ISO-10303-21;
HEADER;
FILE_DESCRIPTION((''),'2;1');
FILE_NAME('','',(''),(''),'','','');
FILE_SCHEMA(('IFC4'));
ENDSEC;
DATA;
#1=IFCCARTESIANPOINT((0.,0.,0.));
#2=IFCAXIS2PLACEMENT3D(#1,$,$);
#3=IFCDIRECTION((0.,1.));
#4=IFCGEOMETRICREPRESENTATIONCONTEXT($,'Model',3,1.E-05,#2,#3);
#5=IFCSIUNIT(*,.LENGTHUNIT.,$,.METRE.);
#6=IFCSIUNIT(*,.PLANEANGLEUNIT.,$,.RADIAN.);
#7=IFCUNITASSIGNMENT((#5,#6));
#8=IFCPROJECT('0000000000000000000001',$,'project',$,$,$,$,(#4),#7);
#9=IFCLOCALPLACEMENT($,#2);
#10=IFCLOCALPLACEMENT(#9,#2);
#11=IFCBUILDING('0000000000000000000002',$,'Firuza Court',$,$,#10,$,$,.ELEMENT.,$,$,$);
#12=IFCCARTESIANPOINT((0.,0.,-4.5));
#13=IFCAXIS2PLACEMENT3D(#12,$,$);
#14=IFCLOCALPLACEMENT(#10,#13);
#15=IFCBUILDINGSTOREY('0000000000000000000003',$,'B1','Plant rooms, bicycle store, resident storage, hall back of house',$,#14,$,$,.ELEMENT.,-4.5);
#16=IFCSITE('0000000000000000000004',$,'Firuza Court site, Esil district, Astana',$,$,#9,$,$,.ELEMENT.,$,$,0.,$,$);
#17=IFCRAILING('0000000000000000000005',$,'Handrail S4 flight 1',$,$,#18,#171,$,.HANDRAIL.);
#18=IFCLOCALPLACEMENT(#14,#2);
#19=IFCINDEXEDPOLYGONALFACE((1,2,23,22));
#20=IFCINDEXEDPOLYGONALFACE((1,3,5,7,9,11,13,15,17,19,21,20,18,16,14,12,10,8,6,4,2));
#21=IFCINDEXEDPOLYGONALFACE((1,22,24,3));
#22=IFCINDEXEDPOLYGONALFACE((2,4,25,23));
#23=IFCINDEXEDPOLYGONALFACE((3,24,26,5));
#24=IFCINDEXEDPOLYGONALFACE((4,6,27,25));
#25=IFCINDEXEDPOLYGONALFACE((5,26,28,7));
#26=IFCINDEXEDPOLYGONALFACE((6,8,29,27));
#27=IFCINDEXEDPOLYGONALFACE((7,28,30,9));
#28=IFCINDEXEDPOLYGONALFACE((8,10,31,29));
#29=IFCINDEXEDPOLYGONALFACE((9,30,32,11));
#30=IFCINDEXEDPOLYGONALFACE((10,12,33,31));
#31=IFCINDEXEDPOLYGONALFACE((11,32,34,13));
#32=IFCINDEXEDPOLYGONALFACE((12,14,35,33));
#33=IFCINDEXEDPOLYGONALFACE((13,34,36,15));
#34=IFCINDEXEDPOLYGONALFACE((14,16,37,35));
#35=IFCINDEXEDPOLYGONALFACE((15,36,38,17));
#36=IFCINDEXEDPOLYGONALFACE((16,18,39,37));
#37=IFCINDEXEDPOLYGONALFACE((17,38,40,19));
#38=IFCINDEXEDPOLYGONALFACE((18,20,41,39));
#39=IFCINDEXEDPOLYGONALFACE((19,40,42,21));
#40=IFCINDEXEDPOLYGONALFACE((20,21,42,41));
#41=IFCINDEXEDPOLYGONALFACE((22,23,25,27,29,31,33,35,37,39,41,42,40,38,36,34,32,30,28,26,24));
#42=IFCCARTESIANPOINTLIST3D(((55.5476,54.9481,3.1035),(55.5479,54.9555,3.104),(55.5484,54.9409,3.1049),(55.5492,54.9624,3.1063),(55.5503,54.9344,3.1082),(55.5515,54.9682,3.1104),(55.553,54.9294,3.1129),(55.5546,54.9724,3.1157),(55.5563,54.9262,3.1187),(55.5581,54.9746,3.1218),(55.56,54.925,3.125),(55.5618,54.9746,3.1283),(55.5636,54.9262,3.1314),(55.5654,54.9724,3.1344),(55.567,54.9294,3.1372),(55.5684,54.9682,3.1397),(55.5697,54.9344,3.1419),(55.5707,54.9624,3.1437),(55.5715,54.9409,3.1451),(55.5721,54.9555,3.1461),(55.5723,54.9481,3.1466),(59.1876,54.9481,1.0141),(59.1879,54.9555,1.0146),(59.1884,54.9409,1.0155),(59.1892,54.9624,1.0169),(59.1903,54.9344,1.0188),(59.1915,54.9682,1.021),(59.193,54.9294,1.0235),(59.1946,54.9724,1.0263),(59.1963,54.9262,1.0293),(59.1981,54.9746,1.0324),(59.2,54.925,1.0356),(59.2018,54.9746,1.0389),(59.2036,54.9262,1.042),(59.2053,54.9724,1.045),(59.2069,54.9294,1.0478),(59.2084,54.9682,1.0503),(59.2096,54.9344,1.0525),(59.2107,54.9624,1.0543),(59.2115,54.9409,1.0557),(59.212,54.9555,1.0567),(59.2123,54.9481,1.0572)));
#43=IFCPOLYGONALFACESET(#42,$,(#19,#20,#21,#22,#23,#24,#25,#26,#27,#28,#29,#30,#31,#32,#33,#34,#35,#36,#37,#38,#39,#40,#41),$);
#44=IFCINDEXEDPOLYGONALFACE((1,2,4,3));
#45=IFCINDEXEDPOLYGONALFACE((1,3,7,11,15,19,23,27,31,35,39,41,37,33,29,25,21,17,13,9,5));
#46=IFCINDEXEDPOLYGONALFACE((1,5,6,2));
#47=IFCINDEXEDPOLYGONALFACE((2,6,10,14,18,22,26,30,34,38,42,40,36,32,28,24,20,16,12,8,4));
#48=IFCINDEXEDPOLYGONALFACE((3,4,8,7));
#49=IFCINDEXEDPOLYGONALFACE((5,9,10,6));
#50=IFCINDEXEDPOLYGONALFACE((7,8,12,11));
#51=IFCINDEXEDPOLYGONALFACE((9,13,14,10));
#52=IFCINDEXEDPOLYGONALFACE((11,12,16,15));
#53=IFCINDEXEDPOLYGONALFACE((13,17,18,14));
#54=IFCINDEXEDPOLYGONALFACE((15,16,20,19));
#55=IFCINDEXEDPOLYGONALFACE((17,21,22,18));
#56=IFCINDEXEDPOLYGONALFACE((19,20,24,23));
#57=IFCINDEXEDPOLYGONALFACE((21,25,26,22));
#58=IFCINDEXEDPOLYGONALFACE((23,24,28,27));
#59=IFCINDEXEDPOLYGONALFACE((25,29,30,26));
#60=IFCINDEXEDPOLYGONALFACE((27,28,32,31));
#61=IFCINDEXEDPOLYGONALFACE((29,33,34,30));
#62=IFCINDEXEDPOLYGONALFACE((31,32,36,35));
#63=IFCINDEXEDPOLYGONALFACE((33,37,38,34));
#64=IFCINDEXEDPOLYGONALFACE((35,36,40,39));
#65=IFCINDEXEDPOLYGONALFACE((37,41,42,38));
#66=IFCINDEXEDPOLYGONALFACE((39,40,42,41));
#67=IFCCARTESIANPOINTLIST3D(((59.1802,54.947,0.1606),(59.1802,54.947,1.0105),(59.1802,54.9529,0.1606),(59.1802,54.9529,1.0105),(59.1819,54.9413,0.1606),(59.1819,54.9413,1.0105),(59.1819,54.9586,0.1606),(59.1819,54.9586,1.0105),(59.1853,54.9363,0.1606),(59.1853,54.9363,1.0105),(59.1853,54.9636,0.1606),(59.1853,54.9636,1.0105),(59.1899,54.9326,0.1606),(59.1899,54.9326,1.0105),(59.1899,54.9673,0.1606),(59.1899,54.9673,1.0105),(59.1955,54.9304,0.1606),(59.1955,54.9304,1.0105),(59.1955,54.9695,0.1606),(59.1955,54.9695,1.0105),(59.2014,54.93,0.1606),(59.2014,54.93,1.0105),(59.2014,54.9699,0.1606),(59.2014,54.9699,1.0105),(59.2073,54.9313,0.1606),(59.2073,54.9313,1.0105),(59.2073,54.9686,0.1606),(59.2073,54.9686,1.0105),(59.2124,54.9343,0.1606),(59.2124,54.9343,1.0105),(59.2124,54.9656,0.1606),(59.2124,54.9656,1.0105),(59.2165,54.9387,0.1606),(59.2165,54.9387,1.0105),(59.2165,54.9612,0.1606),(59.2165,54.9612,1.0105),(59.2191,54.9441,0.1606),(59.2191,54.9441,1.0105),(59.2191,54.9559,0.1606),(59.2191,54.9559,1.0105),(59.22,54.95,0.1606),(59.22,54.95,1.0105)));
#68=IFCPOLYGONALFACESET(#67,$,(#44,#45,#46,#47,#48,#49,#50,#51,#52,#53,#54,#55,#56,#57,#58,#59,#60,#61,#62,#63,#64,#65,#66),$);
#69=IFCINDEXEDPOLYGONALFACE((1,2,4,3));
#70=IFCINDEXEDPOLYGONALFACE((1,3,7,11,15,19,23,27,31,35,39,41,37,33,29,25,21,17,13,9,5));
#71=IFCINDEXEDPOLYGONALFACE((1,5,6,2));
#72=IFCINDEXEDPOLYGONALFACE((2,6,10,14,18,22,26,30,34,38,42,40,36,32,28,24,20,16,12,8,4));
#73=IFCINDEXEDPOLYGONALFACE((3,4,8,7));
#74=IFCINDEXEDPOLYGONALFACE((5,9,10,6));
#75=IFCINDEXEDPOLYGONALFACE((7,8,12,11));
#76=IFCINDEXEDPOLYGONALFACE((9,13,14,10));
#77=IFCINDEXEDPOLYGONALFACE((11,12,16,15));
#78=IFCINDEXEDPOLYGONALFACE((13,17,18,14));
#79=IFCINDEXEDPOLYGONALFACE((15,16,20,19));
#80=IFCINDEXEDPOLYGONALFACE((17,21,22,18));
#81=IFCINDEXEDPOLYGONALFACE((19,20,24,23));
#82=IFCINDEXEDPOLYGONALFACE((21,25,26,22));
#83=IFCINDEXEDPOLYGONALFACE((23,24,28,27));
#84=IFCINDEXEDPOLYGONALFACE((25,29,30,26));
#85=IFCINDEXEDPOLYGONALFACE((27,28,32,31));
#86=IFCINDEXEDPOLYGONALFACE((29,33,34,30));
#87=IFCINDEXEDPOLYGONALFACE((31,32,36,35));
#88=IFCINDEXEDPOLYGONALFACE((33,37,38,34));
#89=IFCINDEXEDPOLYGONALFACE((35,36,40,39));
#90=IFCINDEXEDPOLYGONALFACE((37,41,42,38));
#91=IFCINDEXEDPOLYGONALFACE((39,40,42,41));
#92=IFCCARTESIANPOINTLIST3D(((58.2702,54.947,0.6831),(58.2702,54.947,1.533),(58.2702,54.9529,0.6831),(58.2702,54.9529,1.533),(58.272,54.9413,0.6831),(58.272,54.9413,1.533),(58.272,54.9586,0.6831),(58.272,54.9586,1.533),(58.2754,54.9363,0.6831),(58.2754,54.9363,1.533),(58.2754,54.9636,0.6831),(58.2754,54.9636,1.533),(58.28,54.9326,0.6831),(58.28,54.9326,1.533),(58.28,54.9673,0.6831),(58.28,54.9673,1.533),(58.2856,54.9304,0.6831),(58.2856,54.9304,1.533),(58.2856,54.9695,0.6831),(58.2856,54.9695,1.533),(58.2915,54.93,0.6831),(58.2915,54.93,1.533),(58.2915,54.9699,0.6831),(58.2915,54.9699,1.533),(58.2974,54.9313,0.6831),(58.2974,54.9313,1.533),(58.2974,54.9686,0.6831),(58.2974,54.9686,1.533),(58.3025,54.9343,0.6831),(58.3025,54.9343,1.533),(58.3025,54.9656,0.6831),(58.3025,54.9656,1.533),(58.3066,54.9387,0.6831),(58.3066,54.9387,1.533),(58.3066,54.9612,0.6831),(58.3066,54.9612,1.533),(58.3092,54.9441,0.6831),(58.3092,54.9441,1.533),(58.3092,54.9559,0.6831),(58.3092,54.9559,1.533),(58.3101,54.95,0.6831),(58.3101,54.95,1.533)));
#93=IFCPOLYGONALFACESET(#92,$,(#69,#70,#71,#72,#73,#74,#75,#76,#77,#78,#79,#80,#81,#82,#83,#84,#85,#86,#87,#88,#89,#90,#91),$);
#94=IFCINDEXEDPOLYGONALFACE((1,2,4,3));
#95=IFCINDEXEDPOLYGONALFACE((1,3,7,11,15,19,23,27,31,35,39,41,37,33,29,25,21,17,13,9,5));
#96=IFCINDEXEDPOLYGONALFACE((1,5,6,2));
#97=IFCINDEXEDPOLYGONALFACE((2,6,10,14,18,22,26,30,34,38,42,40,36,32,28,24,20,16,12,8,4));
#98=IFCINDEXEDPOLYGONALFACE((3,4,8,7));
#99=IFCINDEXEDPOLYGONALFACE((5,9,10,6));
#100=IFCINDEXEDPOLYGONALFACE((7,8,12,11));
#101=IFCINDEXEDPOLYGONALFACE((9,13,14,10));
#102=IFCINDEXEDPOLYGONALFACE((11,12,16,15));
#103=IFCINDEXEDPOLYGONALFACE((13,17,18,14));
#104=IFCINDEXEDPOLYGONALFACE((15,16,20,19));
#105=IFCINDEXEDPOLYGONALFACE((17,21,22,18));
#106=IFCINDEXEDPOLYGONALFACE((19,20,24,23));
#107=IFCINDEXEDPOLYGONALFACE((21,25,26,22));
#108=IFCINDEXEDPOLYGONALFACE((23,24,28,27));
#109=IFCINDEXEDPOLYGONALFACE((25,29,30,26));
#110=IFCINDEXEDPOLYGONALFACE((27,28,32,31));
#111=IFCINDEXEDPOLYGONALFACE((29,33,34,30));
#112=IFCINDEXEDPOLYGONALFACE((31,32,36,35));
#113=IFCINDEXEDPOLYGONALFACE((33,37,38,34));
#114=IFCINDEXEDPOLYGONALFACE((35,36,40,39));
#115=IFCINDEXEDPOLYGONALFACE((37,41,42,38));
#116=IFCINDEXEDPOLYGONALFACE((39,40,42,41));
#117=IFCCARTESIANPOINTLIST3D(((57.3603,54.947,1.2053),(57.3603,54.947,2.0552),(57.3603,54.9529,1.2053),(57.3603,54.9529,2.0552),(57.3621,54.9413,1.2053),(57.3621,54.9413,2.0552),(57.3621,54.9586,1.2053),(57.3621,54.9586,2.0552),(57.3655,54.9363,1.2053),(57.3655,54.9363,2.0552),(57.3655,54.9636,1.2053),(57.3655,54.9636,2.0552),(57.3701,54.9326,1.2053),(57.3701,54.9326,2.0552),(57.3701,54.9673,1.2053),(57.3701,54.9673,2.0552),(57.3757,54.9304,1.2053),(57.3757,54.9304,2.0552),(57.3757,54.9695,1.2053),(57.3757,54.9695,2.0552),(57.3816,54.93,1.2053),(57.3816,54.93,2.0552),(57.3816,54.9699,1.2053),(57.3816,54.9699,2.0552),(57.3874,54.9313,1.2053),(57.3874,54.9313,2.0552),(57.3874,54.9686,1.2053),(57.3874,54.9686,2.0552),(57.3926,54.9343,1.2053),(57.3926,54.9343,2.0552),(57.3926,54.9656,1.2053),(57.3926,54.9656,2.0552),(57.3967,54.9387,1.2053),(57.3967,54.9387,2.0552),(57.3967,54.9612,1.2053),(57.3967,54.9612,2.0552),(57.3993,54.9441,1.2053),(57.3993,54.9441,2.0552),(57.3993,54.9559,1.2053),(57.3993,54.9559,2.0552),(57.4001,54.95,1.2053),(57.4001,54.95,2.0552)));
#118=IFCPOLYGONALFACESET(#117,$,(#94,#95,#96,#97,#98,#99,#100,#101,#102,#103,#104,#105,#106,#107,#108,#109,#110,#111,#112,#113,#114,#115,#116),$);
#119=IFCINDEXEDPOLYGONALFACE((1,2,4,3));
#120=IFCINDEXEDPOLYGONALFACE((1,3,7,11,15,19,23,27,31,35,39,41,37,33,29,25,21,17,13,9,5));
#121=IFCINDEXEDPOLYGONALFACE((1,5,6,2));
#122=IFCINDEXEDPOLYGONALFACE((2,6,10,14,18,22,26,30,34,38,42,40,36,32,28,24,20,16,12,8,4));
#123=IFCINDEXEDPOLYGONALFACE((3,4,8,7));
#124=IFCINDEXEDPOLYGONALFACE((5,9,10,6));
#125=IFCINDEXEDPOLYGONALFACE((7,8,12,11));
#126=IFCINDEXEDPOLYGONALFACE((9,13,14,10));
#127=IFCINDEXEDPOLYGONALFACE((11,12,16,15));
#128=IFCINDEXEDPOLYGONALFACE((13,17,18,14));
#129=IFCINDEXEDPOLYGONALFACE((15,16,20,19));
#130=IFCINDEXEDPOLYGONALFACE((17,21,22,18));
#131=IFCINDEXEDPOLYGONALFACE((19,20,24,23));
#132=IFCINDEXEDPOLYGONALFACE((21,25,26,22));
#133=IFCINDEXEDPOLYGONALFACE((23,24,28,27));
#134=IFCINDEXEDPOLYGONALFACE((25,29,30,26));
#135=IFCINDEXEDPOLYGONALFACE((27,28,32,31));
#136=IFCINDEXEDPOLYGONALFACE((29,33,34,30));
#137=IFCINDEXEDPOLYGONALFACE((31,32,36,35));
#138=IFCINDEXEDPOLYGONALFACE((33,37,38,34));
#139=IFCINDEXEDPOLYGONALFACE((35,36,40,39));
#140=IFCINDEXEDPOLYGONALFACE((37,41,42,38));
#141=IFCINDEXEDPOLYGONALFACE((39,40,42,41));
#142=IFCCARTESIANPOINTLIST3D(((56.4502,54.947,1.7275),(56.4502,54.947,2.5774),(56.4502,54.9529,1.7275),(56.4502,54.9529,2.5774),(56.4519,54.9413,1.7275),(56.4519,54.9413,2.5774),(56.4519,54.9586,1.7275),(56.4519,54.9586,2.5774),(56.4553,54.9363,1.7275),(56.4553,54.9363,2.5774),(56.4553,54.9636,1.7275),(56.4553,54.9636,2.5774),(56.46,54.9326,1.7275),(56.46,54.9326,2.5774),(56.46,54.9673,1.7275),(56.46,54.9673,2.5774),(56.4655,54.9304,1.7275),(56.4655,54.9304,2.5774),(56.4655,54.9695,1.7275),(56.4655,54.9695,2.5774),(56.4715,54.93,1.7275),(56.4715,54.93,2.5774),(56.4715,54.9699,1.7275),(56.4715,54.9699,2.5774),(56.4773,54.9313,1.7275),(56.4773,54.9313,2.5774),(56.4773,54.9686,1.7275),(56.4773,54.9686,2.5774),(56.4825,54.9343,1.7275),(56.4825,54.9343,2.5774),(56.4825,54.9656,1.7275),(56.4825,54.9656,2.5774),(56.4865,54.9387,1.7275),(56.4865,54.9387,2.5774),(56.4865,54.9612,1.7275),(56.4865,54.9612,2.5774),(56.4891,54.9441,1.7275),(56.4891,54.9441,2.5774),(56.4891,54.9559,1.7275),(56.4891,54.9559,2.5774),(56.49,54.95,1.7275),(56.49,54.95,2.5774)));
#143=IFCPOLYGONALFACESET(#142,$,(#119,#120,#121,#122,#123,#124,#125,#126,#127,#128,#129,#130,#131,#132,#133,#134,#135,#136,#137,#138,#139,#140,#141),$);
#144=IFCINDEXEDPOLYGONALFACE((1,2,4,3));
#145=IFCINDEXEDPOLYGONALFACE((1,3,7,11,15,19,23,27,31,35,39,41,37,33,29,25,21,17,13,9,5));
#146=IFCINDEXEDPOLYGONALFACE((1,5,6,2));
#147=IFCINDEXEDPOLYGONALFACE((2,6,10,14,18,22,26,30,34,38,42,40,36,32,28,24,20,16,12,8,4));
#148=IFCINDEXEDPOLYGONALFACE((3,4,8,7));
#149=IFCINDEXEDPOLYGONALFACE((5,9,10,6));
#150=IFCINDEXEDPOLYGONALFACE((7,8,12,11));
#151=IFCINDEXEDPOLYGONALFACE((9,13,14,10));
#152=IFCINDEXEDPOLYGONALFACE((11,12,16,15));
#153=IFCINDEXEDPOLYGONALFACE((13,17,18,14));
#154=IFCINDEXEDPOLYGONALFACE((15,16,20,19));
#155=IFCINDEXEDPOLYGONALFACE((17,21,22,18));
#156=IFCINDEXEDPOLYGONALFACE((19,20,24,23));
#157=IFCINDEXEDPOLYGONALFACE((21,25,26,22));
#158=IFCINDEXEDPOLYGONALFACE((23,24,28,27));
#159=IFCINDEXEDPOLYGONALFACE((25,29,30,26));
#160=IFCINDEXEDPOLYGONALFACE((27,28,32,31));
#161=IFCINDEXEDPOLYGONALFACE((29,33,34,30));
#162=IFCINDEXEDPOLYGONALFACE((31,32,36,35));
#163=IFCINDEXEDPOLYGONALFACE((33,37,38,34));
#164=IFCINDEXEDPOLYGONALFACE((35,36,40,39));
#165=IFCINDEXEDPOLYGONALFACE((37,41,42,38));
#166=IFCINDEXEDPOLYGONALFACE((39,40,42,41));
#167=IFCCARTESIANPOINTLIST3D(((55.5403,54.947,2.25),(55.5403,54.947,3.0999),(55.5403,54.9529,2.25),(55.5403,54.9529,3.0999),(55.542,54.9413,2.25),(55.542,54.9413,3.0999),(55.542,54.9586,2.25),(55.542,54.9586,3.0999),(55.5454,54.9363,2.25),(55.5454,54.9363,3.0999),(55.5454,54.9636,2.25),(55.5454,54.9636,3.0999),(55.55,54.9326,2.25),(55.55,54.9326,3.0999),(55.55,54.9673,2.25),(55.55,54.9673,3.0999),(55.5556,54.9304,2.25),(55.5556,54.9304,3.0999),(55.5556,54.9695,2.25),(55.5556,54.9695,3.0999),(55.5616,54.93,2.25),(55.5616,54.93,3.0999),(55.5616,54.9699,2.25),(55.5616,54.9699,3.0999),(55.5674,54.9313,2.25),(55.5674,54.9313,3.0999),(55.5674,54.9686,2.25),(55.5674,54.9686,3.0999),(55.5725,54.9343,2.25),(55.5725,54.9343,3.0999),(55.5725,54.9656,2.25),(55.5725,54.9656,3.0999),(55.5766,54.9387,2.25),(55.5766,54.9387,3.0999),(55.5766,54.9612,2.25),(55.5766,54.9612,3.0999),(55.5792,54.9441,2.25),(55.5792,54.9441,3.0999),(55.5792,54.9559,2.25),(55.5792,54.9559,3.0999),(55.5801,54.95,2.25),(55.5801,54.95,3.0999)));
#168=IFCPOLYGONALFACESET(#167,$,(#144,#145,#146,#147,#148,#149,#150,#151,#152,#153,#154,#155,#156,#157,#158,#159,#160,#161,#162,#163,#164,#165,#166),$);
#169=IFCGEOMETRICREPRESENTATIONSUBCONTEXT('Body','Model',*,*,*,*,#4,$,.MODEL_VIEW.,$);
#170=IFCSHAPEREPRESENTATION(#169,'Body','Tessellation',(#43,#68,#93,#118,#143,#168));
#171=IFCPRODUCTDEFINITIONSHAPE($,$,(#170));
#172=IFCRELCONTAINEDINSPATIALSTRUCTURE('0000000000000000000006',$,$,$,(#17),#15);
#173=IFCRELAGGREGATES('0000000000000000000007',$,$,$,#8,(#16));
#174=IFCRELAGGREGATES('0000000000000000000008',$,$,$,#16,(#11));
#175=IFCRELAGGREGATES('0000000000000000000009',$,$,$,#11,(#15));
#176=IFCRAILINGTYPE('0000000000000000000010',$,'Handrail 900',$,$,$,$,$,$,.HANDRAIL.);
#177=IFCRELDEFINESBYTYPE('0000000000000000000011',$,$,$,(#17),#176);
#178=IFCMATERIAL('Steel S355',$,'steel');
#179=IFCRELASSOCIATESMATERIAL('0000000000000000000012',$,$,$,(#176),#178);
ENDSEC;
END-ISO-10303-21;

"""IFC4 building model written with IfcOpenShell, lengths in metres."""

from ifc_helpers import new_model, si_unit, direction, frame, origin, origin_2d, place, context, subcontext, project, spatial, circle, extrude, material, type_object, element, save


model = new_model("IFC4")

# Units and contexts
model_context = context("Model", 3, precision=1e-05, world=origin(), true_north=direction((0.0, 1.0)))
body_context = subcontext(model_context, "Body", "Model", "MODEL_VIEW")
ifc_project = project(units=[si_unit("LENGTHUNIT", "METRE"), si_unit("PLANEANGLEUNIT", "RADIAN")], contexts=[model_context])

# Site, building, storey
site_placement = place(None, origin())
site = spatial("IfcSite", under=ifc_project, at=site_placement, Name="Firuza Court site, Esil district, Astana", CompositionType="ELEMENT", RefElevation=0.0)
building_placement = place(site_placement, origin())
building = spatial("IfcBuilding", under=site, at=building_placement, Name="Firuza Court", CompositionType="ELEMENT")
storey_placement = place(building_placement, frame((0.0, 0.0, -4.5)))
storey = spatial("IfcBuildingStorey", under=building, at=storey_placement, Name="B1", Description="Plant rooms, bicycle store, resident storage, hall back of house", CompositionType="ELEMENT", Elevation=-4.5)

# Railing
ifc_material_1 = material(Name="Steel S355", Category="steel")
railing_type_1 = type_object("IfcRailingType", Name="Handrail 900", PredefinedType="HANDRAIL", material=ifc_material_1)
railing_1_placement = place(storey_placement, frame((59.2, 54.95, 0.1606)))
element("IfcRailing", 1, at=railing_1_placement, inside=storey, type_object=railing_type_1, Name="Handrail S4 flight 1", PredefinedType="HANDRAIL", context=body_context, shape_type="SweptSolid", body=[
    extrude(circle(Radius=0.0249, at=origin_2d()), frame((0.0, 0.0, 0.875), z_axis=(-0.867275, 0.0, 0.497829), x_axis=(0.0, -1.0, 0.0)), (0.0, 0.0, 1.0), 4.197),
    extrude(circle(Radius=0.02, at=origin_2d()), origin(), (0.0, 0.0, 1.0), 0.8499),
    extrude(circle(Radius=0.02, at=origin_2d()), frame((-0.9099, 0.0, 0.5225)), (0.0, 0.0, 1.0), 0.8499),
    extrude(circle(Radius=0.02, at=origin_2d()), frame((-1.8198, 0.0, 1.0447)), (0.0, 0.0, 1.0), 0.8499),
    extrude(circle(Radius=0.02, at=origin_2d()), frame((-2.73, 0.0, 1.5669)), (0.0, 0.0, 1.0), 0.8499),
    extrude(circle(Radius=0.02, at=origin_2d()), frame((-3.6399, 0.0, 2.0894)), (0.0, 0.0, 1.0), 0.8499),
])

save(model, "model.ifc")
